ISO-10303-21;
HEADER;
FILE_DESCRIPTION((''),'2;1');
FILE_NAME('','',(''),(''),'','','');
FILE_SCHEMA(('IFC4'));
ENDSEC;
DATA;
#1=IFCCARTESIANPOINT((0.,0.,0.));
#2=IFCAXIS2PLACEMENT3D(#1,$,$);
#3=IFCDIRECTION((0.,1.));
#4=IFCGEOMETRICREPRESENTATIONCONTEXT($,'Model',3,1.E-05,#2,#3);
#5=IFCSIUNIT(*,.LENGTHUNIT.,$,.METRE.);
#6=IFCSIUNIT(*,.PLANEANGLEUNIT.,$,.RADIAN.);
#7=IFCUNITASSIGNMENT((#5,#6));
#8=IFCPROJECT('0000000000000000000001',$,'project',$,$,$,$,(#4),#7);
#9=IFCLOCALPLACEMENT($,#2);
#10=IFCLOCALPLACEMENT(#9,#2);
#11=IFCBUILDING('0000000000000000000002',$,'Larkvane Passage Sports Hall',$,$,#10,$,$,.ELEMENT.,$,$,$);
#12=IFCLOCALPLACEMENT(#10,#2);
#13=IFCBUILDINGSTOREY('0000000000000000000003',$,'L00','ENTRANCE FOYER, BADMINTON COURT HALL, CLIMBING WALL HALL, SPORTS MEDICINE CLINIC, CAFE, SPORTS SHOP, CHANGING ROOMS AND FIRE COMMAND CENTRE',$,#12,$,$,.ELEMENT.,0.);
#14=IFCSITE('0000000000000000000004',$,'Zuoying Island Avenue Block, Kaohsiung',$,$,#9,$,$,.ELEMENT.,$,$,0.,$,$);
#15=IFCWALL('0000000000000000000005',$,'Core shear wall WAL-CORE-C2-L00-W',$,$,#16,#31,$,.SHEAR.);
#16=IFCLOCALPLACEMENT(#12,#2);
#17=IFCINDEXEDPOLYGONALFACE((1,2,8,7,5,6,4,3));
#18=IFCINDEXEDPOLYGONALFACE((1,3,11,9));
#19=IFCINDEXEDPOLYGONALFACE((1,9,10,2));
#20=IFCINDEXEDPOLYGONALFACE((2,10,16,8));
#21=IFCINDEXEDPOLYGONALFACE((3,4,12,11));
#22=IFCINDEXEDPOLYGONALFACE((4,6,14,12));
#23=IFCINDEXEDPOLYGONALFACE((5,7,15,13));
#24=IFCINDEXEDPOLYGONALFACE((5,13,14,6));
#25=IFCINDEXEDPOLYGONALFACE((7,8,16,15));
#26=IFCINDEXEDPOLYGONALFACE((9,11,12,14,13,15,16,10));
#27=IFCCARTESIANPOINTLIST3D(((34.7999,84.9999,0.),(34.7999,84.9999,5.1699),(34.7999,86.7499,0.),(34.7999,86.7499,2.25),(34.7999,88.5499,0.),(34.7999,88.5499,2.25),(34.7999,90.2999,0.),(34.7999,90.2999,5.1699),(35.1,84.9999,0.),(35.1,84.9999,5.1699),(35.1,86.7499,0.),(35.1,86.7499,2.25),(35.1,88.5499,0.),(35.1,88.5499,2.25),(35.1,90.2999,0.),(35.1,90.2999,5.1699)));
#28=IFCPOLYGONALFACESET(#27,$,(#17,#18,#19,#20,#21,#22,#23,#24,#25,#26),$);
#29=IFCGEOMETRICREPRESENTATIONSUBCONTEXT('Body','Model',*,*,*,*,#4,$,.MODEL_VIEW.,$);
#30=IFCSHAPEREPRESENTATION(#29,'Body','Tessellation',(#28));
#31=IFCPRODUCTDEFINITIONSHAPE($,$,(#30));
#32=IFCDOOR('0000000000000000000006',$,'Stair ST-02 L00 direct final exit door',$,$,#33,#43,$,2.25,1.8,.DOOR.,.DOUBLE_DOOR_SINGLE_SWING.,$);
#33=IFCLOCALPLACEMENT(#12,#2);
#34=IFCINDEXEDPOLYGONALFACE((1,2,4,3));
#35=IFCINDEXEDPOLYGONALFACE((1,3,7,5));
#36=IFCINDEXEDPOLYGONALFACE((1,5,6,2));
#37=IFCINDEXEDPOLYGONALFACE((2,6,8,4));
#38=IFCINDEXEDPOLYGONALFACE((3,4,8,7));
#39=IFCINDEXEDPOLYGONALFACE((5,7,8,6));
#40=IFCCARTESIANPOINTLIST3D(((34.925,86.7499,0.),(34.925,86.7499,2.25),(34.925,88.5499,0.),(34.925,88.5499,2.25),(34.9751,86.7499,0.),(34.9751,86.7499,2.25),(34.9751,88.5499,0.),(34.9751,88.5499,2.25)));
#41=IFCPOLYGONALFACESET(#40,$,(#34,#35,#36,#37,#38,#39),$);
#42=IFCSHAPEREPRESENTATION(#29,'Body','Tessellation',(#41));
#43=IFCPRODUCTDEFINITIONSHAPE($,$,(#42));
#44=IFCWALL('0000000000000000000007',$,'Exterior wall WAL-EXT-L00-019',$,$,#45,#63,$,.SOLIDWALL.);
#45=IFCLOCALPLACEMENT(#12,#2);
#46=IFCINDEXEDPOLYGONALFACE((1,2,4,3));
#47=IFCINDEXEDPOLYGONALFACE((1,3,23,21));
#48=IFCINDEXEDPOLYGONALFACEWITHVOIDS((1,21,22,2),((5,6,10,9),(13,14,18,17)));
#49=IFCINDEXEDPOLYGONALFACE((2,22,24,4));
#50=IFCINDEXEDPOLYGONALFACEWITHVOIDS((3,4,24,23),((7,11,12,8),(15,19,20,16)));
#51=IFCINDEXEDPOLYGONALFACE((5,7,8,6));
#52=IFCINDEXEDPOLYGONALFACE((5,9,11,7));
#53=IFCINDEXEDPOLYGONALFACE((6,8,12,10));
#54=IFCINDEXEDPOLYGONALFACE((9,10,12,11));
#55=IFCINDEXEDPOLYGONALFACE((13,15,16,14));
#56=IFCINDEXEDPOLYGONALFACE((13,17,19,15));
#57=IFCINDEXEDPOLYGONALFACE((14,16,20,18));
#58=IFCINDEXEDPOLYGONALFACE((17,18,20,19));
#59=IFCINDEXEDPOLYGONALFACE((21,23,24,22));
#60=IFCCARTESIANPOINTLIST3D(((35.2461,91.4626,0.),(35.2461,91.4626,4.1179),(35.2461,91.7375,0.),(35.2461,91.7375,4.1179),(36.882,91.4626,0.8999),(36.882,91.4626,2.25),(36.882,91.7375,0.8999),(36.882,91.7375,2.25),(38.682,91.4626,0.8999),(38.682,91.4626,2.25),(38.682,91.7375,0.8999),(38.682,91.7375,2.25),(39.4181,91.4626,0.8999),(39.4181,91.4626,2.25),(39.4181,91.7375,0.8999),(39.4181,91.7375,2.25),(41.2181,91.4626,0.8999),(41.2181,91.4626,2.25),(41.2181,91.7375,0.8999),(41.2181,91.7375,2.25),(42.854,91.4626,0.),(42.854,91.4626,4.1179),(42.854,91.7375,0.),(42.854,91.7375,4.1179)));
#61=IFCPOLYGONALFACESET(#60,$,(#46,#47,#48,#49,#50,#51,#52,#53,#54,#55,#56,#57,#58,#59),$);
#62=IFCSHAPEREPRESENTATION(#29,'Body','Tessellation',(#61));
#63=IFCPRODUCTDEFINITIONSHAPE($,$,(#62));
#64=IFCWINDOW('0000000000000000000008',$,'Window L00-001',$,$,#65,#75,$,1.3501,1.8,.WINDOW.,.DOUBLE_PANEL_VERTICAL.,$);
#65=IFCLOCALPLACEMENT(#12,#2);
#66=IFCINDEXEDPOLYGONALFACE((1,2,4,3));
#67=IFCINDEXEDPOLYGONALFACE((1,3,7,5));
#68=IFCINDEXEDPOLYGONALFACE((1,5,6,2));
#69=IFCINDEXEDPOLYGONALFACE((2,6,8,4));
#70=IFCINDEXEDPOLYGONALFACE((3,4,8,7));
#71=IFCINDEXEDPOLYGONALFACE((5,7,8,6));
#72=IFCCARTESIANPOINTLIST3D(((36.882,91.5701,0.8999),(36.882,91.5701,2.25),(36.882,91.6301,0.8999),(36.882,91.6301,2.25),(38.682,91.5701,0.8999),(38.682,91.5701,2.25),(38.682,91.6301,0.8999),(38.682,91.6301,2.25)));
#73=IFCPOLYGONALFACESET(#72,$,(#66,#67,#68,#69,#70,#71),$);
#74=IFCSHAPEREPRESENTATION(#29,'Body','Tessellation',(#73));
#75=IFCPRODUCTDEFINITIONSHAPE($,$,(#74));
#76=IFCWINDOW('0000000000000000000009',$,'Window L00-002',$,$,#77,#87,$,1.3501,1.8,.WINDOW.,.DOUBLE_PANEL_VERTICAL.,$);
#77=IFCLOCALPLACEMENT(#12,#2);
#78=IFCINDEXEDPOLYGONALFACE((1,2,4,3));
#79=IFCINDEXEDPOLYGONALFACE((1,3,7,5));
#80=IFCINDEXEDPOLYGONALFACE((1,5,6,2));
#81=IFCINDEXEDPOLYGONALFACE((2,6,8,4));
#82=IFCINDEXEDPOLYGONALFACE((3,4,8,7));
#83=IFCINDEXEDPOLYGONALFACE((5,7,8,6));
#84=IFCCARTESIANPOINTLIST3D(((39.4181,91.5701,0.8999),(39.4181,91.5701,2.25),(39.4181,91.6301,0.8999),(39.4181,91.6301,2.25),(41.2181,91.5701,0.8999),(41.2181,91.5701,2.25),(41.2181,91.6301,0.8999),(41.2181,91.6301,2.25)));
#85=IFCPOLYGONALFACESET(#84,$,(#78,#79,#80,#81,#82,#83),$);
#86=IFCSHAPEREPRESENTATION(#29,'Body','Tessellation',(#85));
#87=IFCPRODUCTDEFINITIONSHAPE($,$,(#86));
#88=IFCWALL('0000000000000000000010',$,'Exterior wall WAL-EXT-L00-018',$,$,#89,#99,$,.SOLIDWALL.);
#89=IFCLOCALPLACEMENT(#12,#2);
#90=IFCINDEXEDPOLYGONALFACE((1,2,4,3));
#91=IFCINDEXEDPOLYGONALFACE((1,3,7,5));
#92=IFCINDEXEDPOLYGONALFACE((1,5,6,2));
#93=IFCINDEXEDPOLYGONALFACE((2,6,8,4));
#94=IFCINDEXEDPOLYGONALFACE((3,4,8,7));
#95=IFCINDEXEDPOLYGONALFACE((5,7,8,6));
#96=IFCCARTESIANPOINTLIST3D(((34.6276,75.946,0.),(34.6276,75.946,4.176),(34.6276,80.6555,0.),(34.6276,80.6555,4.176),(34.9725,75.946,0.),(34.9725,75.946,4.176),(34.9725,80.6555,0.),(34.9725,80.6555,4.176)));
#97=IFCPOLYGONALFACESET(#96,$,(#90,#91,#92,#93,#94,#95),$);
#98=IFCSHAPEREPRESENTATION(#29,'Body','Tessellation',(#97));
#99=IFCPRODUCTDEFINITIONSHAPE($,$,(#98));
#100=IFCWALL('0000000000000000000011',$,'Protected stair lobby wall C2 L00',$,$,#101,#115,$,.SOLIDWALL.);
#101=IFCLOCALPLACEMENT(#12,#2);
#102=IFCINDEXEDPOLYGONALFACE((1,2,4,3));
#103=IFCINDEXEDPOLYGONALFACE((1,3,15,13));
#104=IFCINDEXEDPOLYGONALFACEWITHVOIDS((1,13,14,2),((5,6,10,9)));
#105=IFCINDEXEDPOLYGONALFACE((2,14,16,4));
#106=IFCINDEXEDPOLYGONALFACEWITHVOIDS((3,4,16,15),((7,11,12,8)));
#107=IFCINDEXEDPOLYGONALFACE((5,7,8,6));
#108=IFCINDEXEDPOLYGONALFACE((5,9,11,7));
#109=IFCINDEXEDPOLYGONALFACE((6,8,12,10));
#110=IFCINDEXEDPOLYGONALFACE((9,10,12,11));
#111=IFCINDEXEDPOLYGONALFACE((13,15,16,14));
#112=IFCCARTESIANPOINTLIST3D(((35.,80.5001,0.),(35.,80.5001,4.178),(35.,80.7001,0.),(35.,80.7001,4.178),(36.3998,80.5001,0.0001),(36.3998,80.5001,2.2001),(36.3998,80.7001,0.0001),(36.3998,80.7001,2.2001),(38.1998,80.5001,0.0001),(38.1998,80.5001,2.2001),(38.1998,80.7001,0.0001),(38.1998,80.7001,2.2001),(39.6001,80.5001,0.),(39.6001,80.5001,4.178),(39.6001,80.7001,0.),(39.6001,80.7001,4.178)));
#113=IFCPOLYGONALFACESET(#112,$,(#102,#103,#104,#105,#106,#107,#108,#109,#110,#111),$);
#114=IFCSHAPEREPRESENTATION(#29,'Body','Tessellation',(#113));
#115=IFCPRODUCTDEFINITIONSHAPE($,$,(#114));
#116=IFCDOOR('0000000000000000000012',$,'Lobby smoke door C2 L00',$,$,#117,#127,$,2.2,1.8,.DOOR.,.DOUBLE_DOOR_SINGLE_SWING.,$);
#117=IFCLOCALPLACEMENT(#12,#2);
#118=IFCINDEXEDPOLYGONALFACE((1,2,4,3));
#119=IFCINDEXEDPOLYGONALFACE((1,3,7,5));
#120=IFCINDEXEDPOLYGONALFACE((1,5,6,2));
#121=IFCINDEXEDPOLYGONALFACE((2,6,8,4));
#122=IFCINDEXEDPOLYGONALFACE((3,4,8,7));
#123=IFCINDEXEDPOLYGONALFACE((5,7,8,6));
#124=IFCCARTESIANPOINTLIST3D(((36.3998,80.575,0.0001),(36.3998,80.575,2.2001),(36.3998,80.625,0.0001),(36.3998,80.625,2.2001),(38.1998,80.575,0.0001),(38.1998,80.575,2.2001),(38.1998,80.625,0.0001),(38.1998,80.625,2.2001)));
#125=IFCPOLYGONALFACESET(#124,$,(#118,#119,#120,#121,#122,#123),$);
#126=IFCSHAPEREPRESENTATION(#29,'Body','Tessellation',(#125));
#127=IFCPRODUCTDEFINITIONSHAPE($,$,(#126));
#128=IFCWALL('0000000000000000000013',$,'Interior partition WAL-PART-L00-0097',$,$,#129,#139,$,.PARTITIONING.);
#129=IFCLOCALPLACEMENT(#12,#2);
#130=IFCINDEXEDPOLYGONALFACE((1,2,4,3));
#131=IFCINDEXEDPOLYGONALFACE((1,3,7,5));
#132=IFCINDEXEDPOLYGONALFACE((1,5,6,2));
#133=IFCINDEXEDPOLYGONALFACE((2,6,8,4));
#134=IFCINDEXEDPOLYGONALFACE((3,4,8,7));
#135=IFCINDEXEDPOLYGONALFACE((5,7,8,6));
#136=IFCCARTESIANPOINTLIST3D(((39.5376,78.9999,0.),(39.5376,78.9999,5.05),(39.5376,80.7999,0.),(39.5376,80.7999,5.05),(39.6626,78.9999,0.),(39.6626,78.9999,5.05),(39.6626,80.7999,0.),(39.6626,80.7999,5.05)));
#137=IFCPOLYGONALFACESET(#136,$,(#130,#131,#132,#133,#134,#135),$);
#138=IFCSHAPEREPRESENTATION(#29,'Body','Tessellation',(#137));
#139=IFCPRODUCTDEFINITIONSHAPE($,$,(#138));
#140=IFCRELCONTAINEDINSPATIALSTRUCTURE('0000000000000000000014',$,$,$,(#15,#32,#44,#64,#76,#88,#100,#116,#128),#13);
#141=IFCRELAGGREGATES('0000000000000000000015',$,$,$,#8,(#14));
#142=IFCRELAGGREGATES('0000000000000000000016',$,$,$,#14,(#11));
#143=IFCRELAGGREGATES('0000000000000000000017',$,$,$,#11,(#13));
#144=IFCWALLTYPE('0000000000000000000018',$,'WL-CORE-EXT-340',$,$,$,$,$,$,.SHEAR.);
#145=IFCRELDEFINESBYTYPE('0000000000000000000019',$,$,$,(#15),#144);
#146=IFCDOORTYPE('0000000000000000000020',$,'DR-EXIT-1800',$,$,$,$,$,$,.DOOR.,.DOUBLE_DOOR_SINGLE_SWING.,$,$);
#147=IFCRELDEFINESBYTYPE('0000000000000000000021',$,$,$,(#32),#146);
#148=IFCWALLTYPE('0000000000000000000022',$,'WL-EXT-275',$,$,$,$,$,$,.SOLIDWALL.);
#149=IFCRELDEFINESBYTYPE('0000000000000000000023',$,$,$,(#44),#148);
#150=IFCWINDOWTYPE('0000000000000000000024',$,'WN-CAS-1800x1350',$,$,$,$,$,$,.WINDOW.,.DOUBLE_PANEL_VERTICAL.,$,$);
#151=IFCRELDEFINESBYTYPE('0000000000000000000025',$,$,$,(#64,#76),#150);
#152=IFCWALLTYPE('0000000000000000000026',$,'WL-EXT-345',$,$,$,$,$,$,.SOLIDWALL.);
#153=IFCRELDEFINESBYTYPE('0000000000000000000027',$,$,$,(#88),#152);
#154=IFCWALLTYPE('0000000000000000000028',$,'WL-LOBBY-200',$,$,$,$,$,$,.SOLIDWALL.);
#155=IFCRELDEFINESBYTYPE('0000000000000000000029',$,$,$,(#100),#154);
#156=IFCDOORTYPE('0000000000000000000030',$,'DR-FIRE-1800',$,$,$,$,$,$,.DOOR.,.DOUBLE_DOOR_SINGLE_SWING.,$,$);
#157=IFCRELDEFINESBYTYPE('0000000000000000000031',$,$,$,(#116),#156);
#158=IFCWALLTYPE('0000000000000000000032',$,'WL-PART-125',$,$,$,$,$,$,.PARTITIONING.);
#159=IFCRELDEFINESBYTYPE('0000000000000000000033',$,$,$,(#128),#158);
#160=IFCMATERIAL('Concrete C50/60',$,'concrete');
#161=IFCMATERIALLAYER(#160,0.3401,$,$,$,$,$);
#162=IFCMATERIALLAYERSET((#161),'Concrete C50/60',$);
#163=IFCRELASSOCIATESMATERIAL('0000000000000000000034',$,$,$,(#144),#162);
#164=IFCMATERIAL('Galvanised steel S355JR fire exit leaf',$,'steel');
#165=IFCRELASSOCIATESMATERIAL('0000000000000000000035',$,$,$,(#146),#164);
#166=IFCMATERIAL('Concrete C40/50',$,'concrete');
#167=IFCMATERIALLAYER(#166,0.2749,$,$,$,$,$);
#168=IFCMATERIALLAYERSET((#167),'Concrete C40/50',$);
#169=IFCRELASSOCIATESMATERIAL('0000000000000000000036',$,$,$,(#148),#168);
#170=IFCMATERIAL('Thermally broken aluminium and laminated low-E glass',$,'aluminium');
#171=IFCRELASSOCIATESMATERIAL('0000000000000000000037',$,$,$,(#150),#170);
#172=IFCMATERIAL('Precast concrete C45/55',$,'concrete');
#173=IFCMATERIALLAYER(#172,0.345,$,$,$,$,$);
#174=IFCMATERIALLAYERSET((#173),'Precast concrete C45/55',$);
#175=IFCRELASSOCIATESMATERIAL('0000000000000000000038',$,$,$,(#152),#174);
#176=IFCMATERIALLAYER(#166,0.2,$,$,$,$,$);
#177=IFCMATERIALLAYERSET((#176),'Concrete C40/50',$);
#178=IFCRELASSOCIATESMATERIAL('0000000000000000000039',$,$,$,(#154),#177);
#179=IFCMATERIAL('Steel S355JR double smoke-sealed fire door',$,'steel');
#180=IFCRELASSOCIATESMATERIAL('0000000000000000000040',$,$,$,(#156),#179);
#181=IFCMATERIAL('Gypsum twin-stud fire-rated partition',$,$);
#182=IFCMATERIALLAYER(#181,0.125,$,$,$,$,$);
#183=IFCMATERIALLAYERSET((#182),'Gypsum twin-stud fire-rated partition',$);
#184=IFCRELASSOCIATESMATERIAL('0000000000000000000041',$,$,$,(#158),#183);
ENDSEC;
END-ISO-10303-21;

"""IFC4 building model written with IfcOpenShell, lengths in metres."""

from ifc_helpers import new_model, si_unit, direction, frame, frame_2d, origin, place, context, subcontext, project, spatial, rectangle, extrude, material, layer, layer_set, type_object, element, fill, save


model = new_model("IFC4")

# Units and contexts
model_context = context("Model", 3, precision=1e-05, world=origin(), true_north=direction((0.0, 1.0)))
body_context = subcontext(model_context, "Body", "Model", "MODEL_VIEW")
ifc_project = project(units=[si_unit("LENGTHUNIT", "METRE"), si_unit("PLANEANGLEUNIT", "RADIAN")], contexts=[model_context])

# Site, building, storey
site_placement = place(None, origin())
site = spatial("IfcSite", under=ifc_project, at=site_placement, Name="Zuoying Island Avenue Block, Kaohsiung", CompositionType="ELEMENT", RefElevation=0.0)
building_placement = place(site_placement, origin())
building = spatial("IfcBuilding", under=site, at=building_placement, Name="Larkvane Passage Sports Hall", CompositionType="ELEMENT")
storey_placement = place(building_placement, origin())
storey = spatial("IfcBuildingStorey", under=building, at=storey_placement, Name="L00", Description="ENTRANCE FOYER, BADMINTON COURT HALL, CLIMBING WALL HALL, SPORTS MEDICINE CLINIC, CAFE, SPORTS SHOP, CHANGING ROOMS AND FIRE COMMAND CENTRE", CompositionType="ELEMENT", Elevation=0.0)

# Shared definitions
ifc_material_1 = material(Name="Concrete C40/50", Category="concrete")

# Shared definitions
ifc_material_2 = material(Name="Concrete C50/60", Category="concrete")

# Wall, opening, door
ifc_layer_1 = layer(ifc_material_2, 0.3401)
ifc_layer_set_1 = layer_set([ifc_layer_1], Name="Concrete C50/60")
wall_type_1 = type_object("IfcWallType", Name="WL-CORE-EXT-340", PredefinedType="SHEAR", material=ifc_layer_set_1)
wall_1_placement = place(storey_placement, frame((34.95, 85.0, 0.0), z_axis=(0.0, 0.0, 1.0), x_axis=(0.0, 1.0, 0.0)))
wall_1 = element("IfcWall", 1, at=wall_1_placement, inside=storey, type_object=wall_type_1, Name="Core shear wall WAL-CORE-C2-L00-W", PredefinedType="SHEAR", context=body_context, shape_type="SweptSolid", body=[
    extrude(rectangle(XDim=5.3, YDim=0.3, at=frame_2d((2.6499, 0.0))), origin(), (0.0, 0.0, 1.0), 5.1699),
])
opening_1_placement = place(wall_1_placement, frame((1.75, 0.0, 0.0)))
opening_1 = element("IfcOpeningElement", 2, at=opening_1_placement, cuts=wall_1, PredefinedType="OPENING", context=body_context, shape_type="SweptSolid", body=[
    extrude(rectangle(XDim=1.8, YDim=2.25, at=frame_2d((0.8999, 1.125))), frame((0.0, 0.1599, 0.0), z_axis=(0.0, -1.0, 0.0), x_axis=(1.0, 0.0, 0.0)), (0.0, 0.0, 1.0), 0.3201),
])
ifc_material_3 = material(Name="Galvanised steel S355JR fire exit leaf", Category="steel")
door_type_1 = type_object("IfcDoorType", Name="DR-EXIT-1800", OperationType="DOUBLE_DOOR_SINGLE_SWING", PredefinedType="DOOR", material=ifc_material_3)
door_1_placement = place(opening_1_placement, origin())
door_1 = element("IfcDoor", 3, at=door_1_placement, inside=storey, type_object=door_type_1, Name="Stair ST-02 L00 direct final exit door", OperationType="DOUBLE_DOOR_SINGLE_SWING", OverallHeight=2.25, OverallWidth=1.8, PredefinedType="DOOR", context=body_context, shape_type="SweptSolid", body=[
    extrude(rectangle(XDim=1.8, YDim=2.25, at=frame_2d((0.8999, 1.125))), frame((0.0, 0.0249, 0.0), z_axis=(0.0, -1.0, 0.0), x_axis=(1.0, 0.0, 0.0)), (0.0, 0.0, 1.0), 0.05),
])
fill(opening_1, door_1)

# Wall, openings, windows
ifc_layer_2 = layer(ifc_material_1, 0.2749)
ifc_layer_set_2 = layer_set([ifc_layer_2], Name="Concrete C40/50")
wall_type_2 = type_object("IfcWallType", Name="WL-EXT-275", PredefinedType="SOLIDWALL", material=ifc_layer_set_2)
wall_2_placement = place(storey_placement, frame((35.2461, 91.6001, 0.0), z_axis=(0.0, 0.0, 1.0), x_axis=(1.0, 0.0, 0.0)))
wall_2 = element("IfcWall", 4, at=wall_2_placement, inside=storey, type_object=wall_type_2, Name="Exterior wall WAL-EXT-L00-019", PredefinedType="SOLIDWALL", context=body_context, shape_type="SweptSolid", body=[
    extrude(rectangle(XDim=7.6079, YDim=0.2749, at=frame_2d((3.804, 0.0))), origin(), (0.0, 0.0, 1.0), 4.1179),
])
opening_2_placement = place(wall_2_placement, frame((1.636, 0.0, 0.8999)))
opening_2 = element("IfcOpeningElement", 5, at=opening_2_placement, cuts=wall_2, PredefinedType="OPENING", context=body_context, shape_type="SweptSolid", body=[
    extrude(rectangle(XDim=1.8, YDim=1.3501, at=frame_2d((0.8999, 0.675))), frame((0.0, 0.1475, 0.0), z_axis=(0.0, -1.0, 0.0), x_axis=(1.0, 0.0, 0.0)), (0.0, 0.0, 1.0), 0.2949),
])
opening_3_placement = place(wall_2_placement, frame((4.1721, 0.0, 0.8999)))
opening_3 = element("IfcOpeningElement", 6, at=opening_3_placement, cuts=wall_2, PredefinedType="OPENING", context=body_context, shape_type="SweptSolid", body=[
    extrude(rectangle(XDim=1.8, YDim=1.3501, at=frame_2d((0.8999, 0.675))), frame((0.0, 0.1475, 0.0), z_axis=(0.0, -1.0, 0.0), x_axis=(1.0, 0.0, 0.0)), (0.0, 0.0, 1.0), 0.2949),
])
ifc_material_4 = material(Name="Thermally broken aluminium and laminated low-E glass", Category="aluminium")
window_type = type_object("IfcWindowType", Name="WN-CAS-1800x1350", PartitioningType="DOUBLE_PANEL_VERTICAL", PredefinedType="WINDOW", material=ifc_material_4)
window_1_placement = place(opening_2_placement, origin())
window_1 = element("IfcWindow", 7, at=window_1_placement, inside=storey, type_object=window_type, Name="Window L00-001", OverallHeight=1.3501, OverallWidth=1.8, PartitioningType="DOUBLE_PANEL_VERTICAL", PredefinedType="WINDOW", context=body_context, shape_type="SweptSolid", body=[
    extrude(rectangle(XDim=1.8, YDim=1.3501, at=frame_2d((0.8999, 0.675))), frame((0.0, 0.03, 0.0), z_axis=(0.0, -1.0, 0.0), x_axis=(1.0, 0.0, 0.0)), (0.0, 0.0, 1.0), 0.0601),
])
fill(opening_2, window_1)
window_2_placement = place(opening_3_placement, origin())
window_2 = element("IfcWindow", 8, at=window_2_placement, inside=storey, type_object=window_type, Name="Window L00-002", OverallHeight=1.3501, OverallWidth=1.8, PartitioningType="DOUBLE_PANEL_VERTICAL", PredefinedType="WINDOW", context=body_context, shape_type="SweptSolid", body=[
    extrude(rectangle(XDim=1.8, YDim=1.3501, at=frame_2d((0.8999, 0.675))), frame((0.0, 0.03, 0.0), z_axis=(0.0, -1.0, 0.0), x_axis=(1.0, 0.0, 0.0)), (0.0, 0.0, 1.0), 0.0601),
])
fill(opening_3, window_2)

# Wall
ifc_material_5 = material(Name="Precast concrete C45/55", Category="concrete")
ifc_layer_3 = layer(ifc_material_5, 0.345)
ifc_layer_set_3 = layer_set([ifc_layer_3], Name="Precast concrete C45/55")
wall_type_3 = type_object("IfcWallType", Name="WL-EXT-345", PredefinedType="SOLIDWALL", material=ifc_layer_set_3)
wall_3_placement = place(storey_placement, frame((34.8, 75.946, 0.0), z_axis=(0.0, 0.0, 1.0), x_axis=(0.0, 1.0, 0.0)))
element("IfcWall", 9, at=wall_3_placement, inside=storey, type_object=wall_type_3, Name="Exterior wall WAL-EXT-L00-018", PredefinedType="SOLIDWALL", context=body_context, shape_type="SweptSolid", body=[
    extrude(rectangle(XDim=4.7095, YDim=0.345, at=frame_2d((2.3547, 0.0))), origin(), (0.0, 0.0, 1.0), 4.176),
])

# Wall, opening, door
ifc_layer_4 = layer(ifc_material_1, 0.2)
ifc_layer_set_4 = layer_set([ifc_layer_4], Name="Concrete C40/50")
wall_type_4 = type_object("IfcWallType", Name="WL-LOBBY-200", PredefinedType="SOLIDWALL", material=ifc_layer_set_4)
wall_4_placement = place(storey_placement, frame((35.0, 80.6001, 0.0), z_axis=(0.0, 0.0, 1.0), x_axis=(1.0, 0.0, 0.0)))
wall_4 = element("IfcWall", 10, at=wall_4_placement, inside=storey, type_object=wall_type_4, Name="Protected stair lobby wall C2 L00", PredefinedType="SOLIDWALL", context=body_context, shape_type="SweptSolid", body=[
    extrude(rectangle(XDim=4.6001, YDim=0.2, at=frame_2d((2.3, 0.0))), origin(), (0.0, 0.0, 1.0), 4.178),
])
opening_4_placement = place(wall_4_placement, frame((1.3999, 0.0, 0.0)))
opening_4 = element("IfcOpeningElement", 11, at=opening_4_placement, cuts=wall_4, PredefinedType="OPENING", context=body_context, shape_type="SweptSolid", body=[
    extrude(rectangle(XDim=1.8, YDim=2.2, at=frame_2d((0.8999, 1.1001))), frame((0.0, 0.1099, 0.0), z_axis=(0.0, -1.0, 0.0), x_axis=(1.0, 0.0, 0.0)), (0.0, 0.0, 1.0), 0.22),
])
ifc_material_6 = material(Name="Steel S355JR double smoke-sealed fire door", Category="steel")
door_type_2 = type_object("IfcDoorType", Name="DR-FIRE-1800", OperationType="DOUBLE_DOOR_SINGLE_SWING", PredefinedType="DOOR", material=ifc_material_6)
door_2_placement = place(opening_4_placement, origin())
door_2 = element("IfcDoor", 12, at=door_2_placement, inside=storey, type_object=door_type_2, Name="Lobby smoke door C2 L00", OperationType="DOUBLE_DOOR_SINGLE_SWING", OverallHeight=2.2, OverallWidth=1.8, PredefinedType="DOOR", context=body_context, shape_type="SweptSolid", body=[
    extrude(rectangle(XDim=1.8, YDim=2.2, at=frame_2d((0.8999, 1.1001))), frame((0.0, 0.0249, 0.0), z_axis=(0.0, -1.0, 0.0), x_axis=(1.0, 0.0, 0.0)), (0.0, 0.0, 1.0), 0.05),
])
fill(opening_4, door_2)

# Wall
ifc_material_7 = material(Name="Gypsum twin-stud fire-rated partition")
ifc_layer_5 = layer(ifc_material_7, 0.125)
ifc_layer_set_5 = layer_set([ifc_layer_5], Name="Gypsum twin-stud fire-rated partition")
wall_type_5 = type_object("IfcWallType", Name="WL-PART-125", PredefinedType="PARTITIONING", material=ifc_layer_set_5)
wall_5_placement = place(storey_placement, frame((39.6001, 79.0, 0.0), z_axis=(0.0, 0.0, 1.0), x_axis=(0.0, 1.0, 0.0)))
element("IfcWall", 13, at=wall_5_placement, inside=storey, type_object=wall_type_5, Name="Interior partition WAL-PART-L00-0097", PredefinedType="PARTITIONING", context=body_context, shape_type="SweptSolid", body=[
    extrude(rectangle(XDim=1.8, YDim=0.125, at=frame_2d((0.8999, 0.0))), origin(), (0.0, 0.0, 1.0), 5.05),
])

save(model, "model.ifc")
